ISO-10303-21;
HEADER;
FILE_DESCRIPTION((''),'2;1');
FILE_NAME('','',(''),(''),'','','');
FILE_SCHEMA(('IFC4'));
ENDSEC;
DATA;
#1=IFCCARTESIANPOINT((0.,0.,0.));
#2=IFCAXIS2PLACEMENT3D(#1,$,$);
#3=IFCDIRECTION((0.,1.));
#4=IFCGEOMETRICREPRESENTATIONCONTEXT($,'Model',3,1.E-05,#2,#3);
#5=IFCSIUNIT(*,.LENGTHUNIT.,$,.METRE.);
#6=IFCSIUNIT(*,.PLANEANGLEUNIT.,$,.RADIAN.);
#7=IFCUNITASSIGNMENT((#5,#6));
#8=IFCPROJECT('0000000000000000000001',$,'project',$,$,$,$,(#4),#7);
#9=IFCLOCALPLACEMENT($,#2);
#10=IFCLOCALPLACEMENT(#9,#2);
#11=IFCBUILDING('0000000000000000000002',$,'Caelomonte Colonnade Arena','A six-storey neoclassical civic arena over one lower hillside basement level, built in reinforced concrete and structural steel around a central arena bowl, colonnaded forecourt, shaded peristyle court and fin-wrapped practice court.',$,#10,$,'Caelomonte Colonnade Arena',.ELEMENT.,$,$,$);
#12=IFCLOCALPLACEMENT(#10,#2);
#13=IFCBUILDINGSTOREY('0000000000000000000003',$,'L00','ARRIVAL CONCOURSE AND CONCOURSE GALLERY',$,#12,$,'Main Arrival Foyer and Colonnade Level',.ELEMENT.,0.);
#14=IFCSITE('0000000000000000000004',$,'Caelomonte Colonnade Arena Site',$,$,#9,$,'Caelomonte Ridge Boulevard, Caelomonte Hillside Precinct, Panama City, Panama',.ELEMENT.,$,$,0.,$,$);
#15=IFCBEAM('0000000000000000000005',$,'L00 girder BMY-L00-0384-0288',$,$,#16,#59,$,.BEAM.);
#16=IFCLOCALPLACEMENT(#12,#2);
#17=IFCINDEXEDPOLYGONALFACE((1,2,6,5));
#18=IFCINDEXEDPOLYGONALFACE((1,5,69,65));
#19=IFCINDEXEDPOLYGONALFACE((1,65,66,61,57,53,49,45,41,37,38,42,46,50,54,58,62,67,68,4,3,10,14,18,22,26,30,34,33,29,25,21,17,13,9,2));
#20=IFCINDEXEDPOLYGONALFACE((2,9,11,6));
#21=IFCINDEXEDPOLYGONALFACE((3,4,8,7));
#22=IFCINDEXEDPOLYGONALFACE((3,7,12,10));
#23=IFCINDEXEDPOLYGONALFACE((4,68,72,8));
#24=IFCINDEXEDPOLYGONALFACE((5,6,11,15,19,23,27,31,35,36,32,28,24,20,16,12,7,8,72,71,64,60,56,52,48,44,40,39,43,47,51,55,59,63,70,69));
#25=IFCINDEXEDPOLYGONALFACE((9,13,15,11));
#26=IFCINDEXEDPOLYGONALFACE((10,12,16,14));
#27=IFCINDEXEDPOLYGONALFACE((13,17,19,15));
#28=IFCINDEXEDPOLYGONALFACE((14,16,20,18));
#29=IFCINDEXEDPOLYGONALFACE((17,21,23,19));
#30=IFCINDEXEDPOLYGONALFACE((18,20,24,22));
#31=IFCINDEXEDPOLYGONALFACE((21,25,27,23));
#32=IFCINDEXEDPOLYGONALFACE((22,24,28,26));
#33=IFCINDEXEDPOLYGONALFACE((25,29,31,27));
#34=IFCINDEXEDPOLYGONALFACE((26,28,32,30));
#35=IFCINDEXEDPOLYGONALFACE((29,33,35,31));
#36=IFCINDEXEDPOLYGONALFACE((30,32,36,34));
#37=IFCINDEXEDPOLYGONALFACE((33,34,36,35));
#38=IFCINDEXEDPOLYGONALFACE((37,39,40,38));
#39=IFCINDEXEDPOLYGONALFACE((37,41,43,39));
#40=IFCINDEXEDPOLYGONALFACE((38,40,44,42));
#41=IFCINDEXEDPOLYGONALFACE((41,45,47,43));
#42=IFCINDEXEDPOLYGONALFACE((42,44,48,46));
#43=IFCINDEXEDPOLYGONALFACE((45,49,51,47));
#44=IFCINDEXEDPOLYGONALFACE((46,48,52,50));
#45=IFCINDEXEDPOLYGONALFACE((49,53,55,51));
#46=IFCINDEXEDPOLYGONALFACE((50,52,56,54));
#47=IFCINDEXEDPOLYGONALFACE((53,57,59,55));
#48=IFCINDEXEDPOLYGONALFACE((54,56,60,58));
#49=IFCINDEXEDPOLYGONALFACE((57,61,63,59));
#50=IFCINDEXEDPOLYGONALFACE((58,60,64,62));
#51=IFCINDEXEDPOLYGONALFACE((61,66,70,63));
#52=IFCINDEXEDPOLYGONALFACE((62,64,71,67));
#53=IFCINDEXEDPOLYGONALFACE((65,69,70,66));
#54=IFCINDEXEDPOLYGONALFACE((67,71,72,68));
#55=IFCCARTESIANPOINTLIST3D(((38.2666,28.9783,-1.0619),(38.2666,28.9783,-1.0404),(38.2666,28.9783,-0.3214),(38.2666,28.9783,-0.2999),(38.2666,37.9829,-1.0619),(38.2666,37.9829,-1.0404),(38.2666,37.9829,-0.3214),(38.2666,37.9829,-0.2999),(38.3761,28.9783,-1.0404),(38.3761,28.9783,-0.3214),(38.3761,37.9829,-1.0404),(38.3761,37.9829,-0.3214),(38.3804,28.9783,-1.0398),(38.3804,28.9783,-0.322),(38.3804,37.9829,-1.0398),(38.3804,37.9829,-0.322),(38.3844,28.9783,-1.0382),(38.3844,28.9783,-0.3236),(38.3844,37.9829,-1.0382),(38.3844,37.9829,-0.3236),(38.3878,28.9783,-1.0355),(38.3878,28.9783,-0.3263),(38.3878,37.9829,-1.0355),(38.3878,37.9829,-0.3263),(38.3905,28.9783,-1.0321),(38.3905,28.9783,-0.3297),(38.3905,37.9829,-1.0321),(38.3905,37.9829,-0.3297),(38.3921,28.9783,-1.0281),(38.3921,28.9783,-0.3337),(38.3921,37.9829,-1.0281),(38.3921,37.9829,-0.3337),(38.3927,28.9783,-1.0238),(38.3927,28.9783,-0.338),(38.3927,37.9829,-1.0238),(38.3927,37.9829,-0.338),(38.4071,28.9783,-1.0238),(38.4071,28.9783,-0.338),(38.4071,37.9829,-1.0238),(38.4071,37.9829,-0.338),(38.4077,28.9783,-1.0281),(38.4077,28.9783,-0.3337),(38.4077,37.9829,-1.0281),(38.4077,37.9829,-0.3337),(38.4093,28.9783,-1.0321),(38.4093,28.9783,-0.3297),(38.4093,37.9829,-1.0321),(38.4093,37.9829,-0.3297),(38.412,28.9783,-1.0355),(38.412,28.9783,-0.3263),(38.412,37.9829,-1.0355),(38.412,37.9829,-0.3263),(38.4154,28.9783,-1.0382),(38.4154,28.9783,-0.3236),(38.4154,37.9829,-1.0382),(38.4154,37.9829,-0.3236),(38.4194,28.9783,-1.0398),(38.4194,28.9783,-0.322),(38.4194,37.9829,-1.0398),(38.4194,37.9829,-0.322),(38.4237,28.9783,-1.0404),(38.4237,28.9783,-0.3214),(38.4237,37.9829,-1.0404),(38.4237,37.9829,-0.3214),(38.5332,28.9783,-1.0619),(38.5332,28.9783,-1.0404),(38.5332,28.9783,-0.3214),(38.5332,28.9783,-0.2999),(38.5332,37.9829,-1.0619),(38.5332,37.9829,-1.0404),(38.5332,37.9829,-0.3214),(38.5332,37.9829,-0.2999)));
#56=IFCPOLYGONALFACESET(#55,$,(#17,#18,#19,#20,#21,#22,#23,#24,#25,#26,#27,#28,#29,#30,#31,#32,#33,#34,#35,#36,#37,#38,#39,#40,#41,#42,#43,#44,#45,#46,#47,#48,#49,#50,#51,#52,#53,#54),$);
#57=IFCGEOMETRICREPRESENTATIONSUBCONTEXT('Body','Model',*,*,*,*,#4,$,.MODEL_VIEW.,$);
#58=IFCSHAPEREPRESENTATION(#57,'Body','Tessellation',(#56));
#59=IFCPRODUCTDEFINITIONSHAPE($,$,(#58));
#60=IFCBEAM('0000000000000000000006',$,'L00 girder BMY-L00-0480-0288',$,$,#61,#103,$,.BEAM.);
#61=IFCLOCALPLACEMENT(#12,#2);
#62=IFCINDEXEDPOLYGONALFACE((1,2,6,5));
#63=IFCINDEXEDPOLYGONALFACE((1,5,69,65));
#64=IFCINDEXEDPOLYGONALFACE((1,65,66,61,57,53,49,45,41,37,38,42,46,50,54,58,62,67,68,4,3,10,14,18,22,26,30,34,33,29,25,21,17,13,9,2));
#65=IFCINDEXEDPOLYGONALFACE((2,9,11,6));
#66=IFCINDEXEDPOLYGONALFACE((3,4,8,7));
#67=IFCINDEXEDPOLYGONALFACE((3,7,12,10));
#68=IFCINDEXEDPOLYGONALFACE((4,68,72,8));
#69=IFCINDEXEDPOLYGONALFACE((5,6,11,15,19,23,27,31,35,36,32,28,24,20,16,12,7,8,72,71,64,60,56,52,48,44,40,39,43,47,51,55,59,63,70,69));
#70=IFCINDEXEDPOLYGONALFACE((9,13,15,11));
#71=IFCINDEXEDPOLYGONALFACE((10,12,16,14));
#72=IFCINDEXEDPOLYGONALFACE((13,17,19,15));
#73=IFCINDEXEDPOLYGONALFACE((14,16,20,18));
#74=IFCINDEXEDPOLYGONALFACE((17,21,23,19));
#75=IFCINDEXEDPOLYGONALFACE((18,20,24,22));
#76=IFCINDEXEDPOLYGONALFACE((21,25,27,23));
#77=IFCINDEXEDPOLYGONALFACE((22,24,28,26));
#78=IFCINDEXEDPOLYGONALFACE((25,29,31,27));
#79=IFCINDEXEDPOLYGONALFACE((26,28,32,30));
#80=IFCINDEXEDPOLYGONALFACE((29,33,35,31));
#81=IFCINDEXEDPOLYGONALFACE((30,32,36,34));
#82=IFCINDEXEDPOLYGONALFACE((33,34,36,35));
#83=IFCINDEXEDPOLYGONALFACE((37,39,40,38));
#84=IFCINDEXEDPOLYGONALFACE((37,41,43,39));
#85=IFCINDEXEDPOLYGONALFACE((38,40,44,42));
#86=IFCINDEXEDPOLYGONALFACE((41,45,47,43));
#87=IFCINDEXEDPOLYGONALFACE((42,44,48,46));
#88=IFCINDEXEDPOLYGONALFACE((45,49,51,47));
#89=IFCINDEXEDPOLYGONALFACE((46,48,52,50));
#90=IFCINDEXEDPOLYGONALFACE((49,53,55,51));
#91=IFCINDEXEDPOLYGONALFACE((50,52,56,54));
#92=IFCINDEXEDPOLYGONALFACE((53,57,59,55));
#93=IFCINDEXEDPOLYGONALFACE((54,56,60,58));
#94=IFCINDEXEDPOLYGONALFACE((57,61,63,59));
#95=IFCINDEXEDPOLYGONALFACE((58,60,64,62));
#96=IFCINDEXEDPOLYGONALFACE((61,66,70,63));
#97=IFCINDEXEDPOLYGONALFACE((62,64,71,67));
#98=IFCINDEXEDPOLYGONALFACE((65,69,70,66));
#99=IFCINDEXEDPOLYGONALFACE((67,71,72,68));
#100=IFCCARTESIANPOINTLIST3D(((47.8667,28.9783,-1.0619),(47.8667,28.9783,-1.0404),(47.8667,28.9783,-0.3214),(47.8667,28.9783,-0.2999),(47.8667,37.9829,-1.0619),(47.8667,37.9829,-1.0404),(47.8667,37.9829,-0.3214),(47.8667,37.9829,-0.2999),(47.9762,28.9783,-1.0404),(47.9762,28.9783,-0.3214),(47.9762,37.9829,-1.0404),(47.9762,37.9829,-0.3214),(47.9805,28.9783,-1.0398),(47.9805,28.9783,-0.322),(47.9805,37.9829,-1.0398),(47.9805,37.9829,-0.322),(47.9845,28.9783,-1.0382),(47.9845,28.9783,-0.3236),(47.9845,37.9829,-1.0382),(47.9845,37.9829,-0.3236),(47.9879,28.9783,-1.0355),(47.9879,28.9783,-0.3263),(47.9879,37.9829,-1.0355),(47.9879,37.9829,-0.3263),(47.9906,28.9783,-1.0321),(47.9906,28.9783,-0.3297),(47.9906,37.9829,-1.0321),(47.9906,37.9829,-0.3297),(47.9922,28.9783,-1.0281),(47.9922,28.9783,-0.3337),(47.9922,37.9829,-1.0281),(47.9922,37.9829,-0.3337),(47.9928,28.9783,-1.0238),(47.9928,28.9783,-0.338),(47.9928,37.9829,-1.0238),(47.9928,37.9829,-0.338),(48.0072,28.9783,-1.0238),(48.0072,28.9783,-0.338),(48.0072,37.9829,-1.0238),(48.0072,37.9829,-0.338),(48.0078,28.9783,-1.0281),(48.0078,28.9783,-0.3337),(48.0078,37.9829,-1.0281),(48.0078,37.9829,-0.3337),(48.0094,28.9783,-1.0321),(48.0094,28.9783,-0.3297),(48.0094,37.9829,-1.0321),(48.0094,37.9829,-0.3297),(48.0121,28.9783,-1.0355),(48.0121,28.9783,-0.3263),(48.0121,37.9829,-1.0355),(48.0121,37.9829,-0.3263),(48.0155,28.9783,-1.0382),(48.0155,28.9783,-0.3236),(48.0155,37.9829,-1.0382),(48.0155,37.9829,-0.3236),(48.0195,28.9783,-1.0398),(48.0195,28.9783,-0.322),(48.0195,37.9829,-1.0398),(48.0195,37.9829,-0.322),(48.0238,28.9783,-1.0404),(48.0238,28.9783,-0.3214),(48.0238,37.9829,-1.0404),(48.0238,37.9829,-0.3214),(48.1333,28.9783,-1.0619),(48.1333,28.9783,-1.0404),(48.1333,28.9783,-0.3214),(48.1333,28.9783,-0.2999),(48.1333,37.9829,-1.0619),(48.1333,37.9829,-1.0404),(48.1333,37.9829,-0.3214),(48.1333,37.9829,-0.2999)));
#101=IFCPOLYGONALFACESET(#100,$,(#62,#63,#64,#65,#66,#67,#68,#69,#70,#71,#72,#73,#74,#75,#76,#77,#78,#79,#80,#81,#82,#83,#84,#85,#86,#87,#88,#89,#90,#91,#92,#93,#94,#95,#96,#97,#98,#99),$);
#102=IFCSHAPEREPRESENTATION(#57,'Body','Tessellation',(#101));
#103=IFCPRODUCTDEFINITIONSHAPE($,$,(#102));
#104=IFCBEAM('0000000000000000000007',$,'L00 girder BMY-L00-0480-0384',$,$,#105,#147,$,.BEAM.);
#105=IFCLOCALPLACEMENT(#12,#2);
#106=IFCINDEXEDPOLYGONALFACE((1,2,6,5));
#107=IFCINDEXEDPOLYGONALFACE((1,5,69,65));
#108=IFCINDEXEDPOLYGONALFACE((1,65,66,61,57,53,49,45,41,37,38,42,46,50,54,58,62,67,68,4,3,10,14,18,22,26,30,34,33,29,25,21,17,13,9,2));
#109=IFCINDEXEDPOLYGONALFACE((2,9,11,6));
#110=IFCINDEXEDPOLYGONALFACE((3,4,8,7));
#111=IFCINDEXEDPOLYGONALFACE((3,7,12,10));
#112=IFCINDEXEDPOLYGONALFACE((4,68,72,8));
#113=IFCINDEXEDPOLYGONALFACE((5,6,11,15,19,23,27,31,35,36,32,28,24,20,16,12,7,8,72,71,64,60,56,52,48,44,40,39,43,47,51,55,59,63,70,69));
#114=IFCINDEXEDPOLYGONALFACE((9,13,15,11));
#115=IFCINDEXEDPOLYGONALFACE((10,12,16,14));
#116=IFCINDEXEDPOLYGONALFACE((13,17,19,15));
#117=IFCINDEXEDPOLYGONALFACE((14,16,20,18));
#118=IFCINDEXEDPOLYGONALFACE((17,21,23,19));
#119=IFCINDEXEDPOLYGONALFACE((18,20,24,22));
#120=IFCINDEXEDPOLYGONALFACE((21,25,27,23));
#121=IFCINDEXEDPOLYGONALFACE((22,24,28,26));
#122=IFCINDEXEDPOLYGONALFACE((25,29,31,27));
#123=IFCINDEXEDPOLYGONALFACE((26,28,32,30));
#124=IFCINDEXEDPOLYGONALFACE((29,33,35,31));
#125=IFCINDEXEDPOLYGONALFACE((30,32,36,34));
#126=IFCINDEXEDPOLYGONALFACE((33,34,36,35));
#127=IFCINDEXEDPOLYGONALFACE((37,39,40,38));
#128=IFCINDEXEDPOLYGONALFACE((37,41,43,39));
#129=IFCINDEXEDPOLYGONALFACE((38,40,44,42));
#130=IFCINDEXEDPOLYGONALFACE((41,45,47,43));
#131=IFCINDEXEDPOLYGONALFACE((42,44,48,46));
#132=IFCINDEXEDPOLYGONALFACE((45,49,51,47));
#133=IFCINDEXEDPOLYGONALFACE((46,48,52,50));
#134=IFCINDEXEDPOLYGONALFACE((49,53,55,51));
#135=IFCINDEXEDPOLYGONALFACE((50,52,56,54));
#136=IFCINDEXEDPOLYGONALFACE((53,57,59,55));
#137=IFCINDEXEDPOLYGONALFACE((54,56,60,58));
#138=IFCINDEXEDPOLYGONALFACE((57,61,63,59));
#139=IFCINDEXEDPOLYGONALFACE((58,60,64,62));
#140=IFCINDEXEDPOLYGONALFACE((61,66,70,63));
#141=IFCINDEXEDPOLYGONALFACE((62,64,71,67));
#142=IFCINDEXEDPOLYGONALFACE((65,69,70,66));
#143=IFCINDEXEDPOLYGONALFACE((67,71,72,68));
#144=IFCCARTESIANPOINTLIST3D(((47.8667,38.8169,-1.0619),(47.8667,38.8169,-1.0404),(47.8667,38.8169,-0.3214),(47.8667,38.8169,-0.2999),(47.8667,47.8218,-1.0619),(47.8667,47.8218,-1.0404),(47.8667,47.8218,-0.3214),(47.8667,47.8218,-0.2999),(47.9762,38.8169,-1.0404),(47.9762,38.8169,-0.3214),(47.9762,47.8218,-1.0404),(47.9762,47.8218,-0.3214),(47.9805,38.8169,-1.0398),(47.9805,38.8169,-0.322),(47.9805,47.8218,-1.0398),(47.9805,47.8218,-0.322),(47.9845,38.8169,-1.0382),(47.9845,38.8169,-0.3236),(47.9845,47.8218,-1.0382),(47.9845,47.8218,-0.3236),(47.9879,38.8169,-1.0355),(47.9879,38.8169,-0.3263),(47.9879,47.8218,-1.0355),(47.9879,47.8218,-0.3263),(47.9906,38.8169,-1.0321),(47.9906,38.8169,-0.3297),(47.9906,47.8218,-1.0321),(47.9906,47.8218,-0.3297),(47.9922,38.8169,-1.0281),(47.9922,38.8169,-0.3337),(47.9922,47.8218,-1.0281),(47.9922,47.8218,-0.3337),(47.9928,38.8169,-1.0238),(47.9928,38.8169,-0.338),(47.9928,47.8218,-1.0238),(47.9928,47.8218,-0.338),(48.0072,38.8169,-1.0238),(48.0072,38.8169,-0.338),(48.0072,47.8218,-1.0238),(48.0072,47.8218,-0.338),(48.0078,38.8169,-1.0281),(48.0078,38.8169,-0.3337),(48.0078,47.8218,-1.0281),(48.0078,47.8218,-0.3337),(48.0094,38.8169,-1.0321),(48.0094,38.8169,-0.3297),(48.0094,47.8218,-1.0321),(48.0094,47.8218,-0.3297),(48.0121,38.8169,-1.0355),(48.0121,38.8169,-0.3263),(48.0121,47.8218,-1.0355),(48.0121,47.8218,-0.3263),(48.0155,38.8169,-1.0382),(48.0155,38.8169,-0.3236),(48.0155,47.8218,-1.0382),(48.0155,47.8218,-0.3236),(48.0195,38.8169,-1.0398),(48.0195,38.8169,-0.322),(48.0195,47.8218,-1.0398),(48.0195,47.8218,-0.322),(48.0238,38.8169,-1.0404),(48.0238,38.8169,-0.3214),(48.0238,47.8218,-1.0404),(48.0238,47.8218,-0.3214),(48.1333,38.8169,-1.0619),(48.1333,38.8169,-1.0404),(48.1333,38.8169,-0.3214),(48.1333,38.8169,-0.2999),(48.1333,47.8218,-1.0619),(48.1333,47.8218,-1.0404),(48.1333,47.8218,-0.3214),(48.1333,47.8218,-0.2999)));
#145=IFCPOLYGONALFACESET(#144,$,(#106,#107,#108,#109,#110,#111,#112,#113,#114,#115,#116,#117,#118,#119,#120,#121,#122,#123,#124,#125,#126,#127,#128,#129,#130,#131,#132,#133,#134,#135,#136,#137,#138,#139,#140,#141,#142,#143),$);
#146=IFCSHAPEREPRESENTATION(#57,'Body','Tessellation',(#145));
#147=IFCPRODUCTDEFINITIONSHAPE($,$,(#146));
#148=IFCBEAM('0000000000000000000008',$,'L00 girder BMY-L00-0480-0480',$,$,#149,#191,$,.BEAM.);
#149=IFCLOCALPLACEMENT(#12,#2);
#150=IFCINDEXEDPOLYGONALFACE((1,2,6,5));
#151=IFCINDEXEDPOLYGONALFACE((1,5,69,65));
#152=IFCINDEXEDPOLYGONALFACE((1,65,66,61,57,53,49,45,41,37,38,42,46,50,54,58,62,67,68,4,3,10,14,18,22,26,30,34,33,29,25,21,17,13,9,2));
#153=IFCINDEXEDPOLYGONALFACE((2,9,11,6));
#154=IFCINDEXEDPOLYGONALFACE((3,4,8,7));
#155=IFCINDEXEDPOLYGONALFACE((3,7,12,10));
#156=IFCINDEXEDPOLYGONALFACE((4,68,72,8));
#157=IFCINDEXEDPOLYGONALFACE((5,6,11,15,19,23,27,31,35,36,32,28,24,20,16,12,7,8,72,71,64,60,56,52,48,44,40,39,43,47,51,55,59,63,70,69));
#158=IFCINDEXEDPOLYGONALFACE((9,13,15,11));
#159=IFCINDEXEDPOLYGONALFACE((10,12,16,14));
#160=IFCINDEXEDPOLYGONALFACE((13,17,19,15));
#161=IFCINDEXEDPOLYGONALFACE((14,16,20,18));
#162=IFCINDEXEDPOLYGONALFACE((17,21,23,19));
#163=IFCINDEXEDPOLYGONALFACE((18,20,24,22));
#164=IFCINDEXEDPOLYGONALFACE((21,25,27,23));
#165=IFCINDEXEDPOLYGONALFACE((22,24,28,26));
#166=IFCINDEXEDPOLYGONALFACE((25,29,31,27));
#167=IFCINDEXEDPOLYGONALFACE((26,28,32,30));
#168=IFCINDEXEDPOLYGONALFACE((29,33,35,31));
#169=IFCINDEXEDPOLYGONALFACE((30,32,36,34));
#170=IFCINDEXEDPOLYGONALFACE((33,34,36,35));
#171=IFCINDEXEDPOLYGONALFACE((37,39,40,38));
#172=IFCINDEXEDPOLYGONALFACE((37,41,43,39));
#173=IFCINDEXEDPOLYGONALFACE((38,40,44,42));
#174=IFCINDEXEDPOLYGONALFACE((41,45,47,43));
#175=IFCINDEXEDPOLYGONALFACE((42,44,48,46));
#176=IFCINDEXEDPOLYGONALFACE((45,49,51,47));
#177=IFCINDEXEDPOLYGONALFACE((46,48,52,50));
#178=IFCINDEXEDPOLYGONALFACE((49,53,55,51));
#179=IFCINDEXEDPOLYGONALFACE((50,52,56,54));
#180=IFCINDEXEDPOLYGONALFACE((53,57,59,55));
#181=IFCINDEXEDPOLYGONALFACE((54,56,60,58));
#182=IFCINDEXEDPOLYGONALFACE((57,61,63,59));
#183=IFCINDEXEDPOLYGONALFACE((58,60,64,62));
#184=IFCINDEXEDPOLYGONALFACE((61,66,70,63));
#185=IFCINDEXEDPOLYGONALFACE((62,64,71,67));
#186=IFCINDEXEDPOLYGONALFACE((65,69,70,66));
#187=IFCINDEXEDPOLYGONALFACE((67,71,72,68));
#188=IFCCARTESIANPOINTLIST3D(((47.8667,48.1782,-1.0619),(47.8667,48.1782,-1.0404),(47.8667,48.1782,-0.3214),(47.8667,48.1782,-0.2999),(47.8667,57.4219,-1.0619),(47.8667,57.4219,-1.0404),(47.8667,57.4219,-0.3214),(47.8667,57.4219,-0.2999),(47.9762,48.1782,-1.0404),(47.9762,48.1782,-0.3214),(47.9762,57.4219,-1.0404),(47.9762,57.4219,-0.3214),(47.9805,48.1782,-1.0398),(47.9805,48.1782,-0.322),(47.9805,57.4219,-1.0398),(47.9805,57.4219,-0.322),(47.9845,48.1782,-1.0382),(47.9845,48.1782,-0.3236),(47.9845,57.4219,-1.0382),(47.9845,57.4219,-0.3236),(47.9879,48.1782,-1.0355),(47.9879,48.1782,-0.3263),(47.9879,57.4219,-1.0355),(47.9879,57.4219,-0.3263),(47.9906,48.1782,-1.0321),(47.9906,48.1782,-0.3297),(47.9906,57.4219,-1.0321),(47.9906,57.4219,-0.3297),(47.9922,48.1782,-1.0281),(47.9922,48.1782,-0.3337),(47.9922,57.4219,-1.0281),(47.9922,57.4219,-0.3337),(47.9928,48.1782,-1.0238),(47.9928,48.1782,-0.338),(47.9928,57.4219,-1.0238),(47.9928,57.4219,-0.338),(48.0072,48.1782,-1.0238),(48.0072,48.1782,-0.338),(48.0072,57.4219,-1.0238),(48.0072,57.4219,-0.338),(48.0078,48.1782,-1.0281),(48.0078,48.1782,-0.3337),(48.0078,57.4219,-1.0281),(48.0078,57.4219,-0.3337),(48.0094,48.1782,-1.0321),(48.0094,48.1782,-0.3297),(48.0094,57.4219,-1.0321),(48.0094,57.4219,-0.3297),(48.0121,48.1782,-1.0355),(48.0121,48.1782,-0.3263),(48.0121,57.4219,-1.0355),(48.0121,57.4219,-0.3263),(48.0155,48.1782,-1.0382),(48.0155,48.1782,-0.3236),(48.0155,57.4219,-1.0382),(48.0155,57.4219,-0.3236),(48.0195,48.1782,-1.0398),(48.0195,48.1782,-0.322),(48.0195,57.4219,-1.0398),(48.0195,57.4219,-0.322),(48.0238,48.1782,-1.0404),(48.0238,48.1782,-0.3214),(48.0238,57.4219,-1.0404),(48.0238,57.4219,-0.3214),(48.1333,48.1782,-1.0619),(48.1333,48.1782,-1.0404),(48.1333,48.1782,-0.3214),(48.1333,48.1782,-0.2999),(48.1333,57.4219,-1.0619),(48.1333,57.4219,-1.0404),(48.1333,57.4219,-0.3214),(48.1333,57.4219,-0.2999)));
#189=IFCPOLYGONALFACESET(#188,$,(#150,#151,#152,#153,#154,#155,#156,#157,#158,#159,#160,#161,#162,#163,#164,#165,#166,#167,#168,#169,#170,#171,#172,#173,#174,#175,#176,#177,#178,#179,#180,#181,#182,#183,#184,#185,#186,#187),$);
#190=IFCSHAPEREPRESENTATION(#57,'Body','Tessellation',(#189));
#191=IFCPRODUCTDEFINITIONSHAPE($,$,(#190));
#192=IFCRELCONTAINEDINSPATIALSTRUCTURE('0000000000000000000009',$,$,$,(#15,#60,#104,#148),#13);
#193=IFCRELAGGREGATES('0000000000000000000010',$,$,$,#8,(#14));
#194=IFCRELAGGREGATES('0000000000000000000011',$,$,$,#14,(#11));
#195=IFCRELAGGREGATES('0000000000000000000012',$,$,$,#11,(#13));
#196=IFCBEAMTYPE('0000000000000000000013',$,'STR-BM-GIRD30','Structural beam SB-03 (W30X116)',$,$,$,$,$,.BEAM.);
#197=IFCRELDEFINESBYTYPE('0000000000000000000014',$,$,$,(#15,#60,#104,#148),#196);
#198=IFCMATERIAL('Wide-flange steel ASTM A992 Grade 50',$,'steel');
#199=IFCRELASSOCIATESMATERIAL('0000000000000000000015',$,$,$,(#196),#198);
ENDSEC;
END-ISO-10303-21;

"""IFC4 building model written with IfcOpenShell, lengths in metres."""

from ifc_helpers import new_model, si_unit, direction, frame, origin, origin_2d, place, context, subcontext, project, spatial, i_section, extrude, material, material_profile, profile_set, type_object, element, save


model = new_model("IFC4")

# Units and contexts
model_context = context("Model", 3, precision=1e-05, world=origin(), true_north=direction((0.0, 1.0)))
body_context = subcontext(model_context, "Body", "Model", "MODEL_VIEW")
ifc_project = project(units=[si_unit("LENGTHUNIT", "METRE"), si_unit("PLANEANGLEUNIT", "RADIAN")], contexts=[model_context])

# Site, building, storey
site_placement = place(None, origin())
site = spatial("IfcSite", under=ifc_project, at=site_placement, Name="Caelomonte Colonnade Arena Site", LongName="Caelomonte Ridge Boulevard, Caelomonte Hillside Precinct, Panama City, Panama", CompositionType="ELEMENT", RefElevation=0.0)
building_placement = place(site_placement, origin())
building = spatial("IfcBuilding", under=site, at=building_placement, Name="Caelomonte Colonnade Arena", Description="A six-storey neoclassical civic arena over one lower hillside basement level, built in reinforced concrete and structural steel around a central arena bowl, colonnaded forecourt, shaded peristyle court and fin-wrapped practice court.", LongName="Caelomonte Colonnade Arena", CompositionType="ELEMENT")
storey_placement = place(building_placement, origin())
storey = spatial("IfcBuildingStorey", under=building, at=storey_placement, Name="L00", Description="ARRIVAL CONCOURSE AND CONCOURSE GALLERY", LongName="Main Arrival Foyer and Colonnade Level", CompositionType="ELEMENT", Elevation=0.0)

# Shared definitions
ifc_material_1 = material(Name="Wide-flange steel ASTM A992 Grade 50", Category="steel")

# Beams
ifc_material_profile_1 = material_profile(ifc_material_1, i_section(OverallWidth=0.2666, OverallDepth=0.762, WebThickness=0.0144, FlangeThickness=0.0215, FilletRadius=0.0166, at=origin_2d()), Name="W30X116")
ifc_profile_set_1 = profile_set([ifc_material_profile_1], Name="Wide-flange steel ASTM A992 Grade 50")
beam_type_1 = type_object("IfcBeamType", Name="STR-BM-GIRD30", Description="Structural beam SB-03 (W30X116)", PredefinedType="BEAM", material=ifc_profile_set_1)
for number, where, z_axis, x_axis, name in (
    (1, (38.3999, 28.9783, -0.6809), (0.0, 1.0, 0.0), (-1.0, 0.0, 0.0), "L00 girder BMY-L00-0384-0288"),
    (2, (48.0, 28.9783, -0.6809), (0.0, 1.0, 0.0), (-1.0, 0.0, 0.0), "L00 girder BMY-L00-0480-0288"),
):
    element("IfcBeam", number, at=place(storey_placement, frame(where, z_axis=z_axis, x_axis=x_axis)), inside=storey, type_object=beam_type_1, Name=name, PredefinedType="BEAM", context=body_context, shape_type="SweptSolid", body=[
        extrude(i_section(OverallWidth=0.2666, OverallDepth=0.762, WebThickness=0.0144, FlangeThickness=0.0215, FilletRadius=0.0166, at=origin_2d()), origin(), (0.0, 0.0, 1.0), 9.0046),
    ])
beam_1_placement = place(storey_placement, frame((48.0, 38.8169, -0.6809), z_axis=(0.0, 1.0, 0.0), x_axis=(-1.0, 0.0, 0.0)))
element("IfcBeam", 3, at=beam_1_placement, inside=storey, type_object=beam_type_1, Name="L00 girder BMY-L00-0480-0384", PredefinedType="BEAM", context=body_context, shape_type="SweptSolid", body=[
    extrude(i_section(OverallWidth=0.2666, OverallDepth=0.762, WebThickness=0.0144, FlangeThickness=0.0215, FilletRadius=0.0166, at=origin_2d()), origin(), (0.0, 0.0, 1.0), 9.0049),
])
beam_2_placement = place(storey_placement, frame((48.0, 48.1782, -0.6809), z_axis=(0.0, 1.0, 0.0), x_axis=(-1.0, 0.0, 0.0)))
element("IfcBeam", 4, at=beam_2_placement, inside=storey, type_object=beam_type_1, Name="L00 girder BMY-L00-0480-0480", PredefinedType="BEAM", context=body_context, shape_type="SweptSolid", body=[
    extrude(i_section(OverallWidth=0.2666, OverallDepth=0.762, WebThickness=0.0144, FlangeThickness=0.0215, FilletRadius=0.0166, at=origin_2d()), origin(), (0.0, 0.0, 1.0), 9.2437),
])

save(model, "model.ifc")
